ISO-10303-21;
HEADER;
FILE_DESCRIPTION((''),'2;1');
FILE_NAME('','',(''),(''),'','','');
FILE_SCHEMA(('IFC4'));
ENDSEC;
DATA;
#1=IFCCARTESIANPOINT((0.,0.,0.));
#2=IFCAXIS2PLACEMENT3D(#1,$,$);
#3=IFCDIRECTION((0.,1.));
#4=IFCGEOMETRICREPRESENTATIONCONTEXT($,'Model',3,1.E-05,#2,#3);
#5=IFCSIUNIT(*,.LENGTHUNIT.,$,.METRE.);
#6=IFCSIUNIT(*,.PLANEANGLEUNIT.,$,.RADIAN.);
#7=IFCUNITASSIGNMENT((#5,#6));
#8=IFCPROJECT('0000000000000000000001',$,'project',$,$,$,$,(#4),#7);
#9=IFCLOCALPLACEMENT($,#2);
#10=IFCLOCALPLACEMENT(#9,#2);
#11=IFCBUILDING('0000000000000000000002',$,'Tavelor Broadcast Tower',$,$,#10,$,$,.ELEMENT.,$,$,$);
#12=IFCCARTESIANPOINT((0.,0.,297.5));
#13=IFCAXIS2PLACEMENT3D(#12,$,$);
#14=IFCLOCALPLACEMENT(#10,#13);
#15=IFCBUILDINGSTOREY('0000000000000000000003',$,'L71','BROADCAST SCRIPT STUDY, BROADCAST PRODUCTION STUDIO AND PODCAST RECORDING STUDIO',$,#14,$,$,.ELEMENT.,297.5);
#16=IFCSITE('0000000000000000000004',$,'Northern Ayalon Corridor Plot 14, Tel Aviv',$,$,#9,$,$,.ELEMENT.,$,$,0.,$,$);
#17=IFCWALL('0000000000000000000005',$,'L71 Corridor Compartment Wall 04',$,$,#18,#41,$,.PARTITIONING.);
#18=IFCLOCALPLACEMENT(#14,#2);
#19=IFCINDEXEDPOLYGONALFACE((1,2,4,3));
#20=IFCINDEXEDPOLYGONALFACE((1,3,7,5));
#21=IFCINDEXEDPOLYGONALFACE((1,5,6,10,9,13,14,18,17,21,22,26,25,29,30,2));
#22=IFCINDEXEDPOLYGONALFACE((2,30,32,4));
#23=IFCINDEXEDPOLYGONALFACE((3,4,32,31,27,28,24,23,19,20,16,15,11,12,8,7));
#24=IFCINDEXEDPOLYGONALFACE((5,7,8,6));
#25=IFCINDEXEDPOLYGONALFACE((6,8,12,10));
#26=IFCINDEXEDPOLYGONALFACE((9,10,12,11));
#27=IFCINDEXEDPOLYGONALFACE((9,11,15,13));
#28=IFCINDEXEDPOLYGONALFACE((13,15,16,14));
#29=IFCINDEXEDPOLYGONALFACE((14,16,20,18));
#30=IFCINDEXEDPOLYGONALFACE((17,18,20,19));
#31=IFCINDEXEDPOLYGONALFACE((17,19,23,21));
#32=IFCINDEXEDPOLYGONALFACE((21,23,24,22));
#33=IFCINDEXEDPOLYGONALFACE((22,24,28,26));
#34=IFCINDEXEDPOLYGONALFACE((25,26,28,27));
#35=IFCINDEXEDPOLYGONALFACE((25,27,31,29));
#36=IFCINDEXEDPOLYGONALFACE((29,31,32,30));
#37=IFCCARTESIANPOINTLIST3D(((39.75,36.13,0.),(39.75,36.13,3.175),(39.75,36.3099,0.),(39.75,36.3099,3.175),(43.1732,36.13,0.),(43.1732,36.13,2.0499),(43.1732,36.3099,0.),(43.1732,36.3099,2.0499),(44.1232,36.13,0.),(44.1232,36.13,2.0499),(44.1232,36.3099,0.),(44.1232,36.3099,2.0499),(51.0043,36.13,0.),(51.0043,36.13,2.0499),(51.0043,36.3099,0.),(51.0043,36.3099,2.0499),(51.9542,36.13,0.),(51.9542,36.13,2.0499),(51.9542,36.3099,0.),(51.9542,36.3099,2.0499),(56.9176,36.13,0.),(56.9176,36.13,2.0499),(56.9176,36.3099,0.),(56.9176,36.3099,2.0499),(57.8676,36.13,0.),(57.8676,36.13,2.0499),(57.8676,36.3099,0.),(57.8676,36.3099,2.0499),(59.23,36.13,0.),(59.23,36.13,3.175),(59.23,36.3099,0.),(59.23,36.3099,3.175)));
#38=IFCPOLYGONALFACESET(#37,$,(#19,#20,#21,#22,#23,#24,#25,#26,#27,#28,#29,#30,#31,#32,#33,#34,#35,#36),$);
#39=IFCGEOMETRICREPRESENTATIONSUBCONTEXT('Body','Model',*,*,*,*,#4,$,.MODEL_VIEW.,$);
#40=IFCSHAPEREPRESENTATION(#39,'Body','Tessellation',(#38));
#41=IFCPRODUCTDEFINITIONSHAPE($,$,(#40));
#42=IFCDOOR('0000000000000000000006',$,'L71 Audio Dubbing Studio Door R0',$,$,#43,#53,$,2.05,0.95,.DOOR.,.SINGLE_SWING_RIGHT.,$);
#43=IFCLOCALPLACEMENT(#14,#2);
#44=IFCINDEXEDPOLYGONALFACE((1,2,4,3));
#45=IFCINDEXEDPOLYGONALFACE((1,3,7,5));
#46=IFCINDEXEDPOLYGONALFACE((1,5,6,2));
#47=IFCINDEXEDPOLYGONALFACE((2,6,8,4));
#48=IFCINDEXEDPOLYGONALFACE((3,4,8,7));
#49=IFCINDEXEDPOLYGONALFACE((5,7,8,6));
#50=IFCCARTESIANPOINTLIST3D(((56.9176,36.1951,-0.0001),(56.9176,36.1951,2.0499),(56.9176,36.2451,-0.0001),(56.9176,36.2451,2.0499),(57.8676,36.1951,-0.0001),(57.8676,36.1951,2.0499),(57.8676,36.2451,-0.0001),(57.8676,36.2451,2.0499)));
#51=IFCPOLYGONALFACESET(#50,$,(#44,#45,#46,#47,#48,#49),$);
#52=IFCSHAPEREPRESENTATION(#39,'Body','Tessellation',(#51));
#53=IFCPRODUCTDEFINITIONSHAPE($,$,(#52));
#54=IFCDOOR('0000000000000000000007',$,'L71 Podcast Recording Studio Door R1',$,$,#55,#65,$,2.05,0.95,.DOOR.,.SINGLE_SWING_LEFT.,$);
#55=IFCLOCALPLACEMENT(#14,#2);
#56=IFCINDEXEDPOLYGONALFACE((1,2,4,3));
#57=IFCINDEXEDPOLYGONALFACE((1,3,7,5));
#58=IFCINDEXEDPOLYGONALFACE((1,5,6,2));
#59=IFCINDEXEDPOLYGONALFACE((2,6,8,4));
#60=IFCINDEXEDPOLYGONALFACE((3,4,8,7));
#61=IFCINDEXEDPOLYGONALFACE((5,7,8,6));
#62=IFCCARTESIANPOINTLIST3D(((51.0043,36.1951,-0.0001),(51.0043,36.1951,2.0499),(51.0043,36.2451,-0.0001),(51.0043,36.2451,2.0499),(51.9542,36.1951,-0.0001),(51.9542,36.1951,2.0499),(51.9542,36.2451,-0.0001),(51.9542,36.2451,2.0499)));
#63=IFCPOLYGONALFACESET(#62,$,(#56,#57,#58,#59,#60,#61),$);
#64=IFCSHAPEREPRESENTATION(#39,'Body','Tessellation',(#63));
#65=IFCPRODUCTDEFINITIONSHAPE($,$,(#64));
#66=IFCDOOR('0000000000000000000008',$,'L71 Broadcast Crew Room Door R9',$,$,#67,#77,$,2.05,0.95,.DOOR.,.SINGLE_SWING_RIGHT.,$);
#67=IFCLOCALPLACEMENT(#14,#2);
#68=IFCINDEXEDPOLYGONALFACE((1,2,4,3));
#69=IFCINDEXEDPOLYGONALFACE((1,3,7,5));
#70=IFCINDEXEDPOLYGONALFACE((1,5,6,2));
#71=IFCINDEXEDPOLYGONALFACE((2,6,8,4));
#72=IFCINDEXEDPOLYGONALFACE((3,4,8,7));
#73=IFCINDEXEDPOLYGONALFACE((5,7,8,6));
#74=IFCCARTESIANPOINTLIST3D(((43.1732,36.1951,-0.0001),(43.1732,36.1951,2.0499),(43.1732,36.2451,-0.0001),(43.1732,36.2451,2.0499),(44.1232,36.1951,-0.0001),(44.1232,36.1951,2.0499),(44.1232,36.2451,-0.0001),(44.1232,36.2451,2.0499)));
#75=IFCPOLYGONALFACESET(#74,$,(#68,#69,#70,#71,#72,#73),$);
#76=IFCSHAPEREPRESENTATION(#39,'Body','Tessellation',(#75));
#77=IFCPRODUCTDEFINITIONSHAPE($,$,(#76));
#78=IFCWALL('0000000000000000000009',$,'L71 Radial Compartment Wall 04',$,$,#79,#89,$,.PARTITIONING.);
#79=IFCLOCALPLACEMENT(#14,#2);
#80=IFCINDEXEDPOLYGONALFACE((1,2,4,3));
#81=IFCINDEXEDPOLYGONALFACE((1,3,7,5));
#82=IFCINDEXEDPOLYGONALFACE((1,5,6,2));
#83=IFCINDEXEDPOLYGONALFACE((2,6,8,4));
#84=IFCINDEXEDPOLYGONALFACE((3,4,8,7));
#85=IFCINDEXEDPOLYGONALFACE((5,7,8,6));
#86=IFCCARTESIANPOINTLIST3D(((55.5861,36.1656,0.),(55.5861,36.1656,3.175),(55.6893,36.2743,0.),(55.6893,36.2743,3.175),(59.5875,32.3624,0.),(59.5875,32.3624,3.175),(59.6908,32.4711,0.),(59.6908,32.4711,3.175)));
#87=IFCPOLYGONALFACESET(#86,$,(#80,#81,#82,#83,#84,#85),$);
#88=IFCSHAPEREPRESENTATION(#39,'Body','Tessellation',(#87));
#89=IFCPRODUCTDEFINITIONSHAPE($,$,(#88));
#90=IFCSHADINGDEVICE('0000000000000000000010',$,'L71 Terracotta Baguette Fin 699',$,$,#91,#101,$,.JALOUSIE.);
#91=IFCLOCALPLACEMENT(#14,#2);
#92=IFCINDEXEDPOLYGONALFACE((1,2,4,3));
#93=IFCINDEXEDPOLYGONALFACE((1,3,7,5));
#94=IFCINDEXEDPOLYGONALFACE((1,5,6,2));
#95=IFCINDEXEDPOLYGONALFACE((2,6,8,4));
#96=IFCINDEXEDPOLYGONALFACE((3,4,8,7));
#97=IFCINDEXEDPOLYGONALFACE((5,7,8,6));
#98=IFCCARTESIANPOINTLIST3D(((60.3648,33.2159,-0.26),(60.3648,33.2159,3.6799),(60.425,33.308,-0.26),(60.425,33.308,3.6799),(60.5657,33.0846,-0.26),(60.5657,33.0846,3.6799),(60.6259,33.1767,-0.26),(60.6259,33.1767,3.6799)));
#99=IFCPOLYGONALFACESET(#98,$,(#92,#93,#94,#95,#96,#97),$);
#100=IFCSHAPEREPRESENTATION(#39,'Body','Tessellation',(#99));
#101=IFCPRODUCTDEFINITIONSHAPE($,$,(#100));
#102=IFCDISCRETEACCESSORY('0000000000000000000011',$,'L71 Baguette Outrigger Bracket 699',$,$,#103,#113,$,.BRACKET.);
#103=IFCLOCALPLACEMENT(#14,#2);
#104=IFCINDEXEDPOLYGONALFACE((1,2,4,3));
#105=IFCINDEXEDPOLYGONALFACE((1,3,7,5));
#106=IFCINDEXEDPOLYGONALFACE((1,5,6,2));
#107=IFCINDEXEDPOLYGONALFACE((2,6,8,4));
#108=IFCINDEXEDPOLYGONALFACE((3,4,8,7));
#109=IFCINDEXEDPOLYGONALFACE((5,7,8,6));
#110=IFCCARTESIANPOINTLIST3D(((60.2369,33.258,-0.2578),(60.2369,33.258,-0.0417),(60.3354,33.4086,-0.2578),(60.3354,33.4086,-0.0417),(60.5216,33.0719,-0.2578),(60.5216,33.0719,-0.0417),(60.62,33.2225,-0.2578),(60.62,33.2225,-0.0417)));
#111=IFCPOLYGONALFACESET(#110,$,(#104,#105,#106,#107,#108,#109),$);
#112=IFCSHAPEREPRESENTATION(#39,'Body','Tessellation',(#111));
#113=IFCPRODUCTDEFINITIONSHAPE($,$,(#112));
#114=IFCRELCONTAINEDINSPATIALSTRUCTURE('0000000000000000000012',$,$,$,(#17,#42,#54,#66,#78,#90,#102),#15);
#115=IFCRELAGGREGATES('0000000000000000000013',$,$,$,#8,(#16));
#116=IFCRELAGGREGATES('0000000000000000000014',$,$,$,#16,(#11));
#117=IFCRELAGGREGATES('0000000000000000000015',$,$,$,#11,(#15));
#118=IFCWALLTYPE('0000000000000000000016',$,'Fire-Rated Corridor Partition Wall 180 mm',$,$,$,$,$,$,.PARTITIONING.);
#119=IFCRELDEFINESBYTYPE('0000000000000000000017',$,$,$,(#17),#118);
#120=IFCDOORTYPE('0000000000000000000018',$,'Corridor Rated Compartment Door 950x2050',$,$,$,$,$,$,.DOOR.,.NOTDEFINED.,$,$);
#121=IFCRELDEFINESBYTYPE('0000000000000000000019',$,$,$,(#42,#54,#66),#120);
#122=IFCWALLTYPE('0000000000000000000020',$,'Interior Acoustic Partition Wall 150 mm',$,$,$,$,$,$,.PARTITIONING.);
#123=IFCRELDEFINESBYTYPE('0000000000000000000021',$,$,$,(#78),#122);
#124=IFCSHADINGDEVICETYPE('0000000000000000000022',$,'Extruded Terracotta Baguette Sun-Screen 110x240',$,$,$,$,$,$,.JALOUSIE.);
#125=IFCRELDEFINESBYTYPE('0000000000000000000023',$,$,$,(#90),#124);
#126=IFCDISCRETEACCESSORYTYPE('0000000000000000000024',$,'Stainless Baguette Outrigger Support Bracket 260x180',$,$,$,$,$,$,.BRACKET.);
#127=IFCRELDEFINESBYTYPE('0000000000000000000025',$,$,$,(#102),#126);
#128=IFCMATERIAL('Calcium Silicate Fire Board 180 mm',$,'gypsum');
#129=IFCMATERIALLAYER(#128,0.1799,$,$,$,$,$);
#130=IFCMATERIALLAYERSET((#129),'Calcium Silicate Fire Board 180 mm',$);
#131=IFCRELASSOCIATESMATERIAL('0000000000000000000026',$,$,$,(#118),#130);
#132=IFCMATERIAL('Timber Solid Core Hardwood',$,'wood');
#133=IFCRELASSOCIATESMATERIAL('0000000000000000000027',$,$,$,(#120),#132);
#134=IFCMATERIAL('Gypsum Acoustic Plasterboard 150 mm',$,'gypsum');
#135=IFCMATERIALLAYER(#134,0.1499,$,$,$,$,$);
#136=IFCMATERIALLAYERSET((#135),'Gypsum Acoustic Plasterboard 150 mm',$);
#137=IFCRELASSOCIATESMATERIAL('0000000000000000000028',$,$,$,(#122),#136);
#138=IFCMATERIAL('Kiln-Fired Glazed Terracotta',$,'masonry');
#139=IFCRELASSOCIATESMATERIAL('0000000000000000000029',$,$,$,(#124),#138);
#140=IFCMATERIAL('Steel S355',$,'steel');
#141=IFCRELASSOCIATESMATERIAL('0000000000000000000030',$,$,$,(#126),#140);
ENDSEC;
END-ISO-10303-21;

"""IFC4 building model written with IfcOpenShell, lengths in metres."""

from ifc_helpers import new_model, si_unit, direction, frame, frame_2d, origin, origin_2d, place, context, subcontext, project, spatial, rectangle, extrude, source, transform, mapped, material, layer, layer_set, type_object, type_shapes, element, fill, save


model = new_model("IFC4")

# Units and contexts
model_context = context("Model", 3, precision=1e-05, world=origin(), true_north=direction((0.0, 1.0)))
body_context = subcontext(model_context, "Body", "Model", "MODEL_VIEW")
ifc_project = project(units=[si_unit("LENGTHUNIT", "METRE"), si_unit("PLANEANGLEUNIT", "RADIAN")], contexts=[model_context])

# Site, building, storey
site_placement = place(None, origin())
site = spatial("IfcSite", under=ifc_project, at=site_placement, Name="Northern Ayalon Corridor Plot 14, Tel Aviv", CompositionType="ELEMENT", RefElevation=0.0)
building_placement = place(site_placement, origin())
building = spatial("IfcBuilding", under=site, at=building_placement, Name="Tavelor Broadcast Tower", CompositionType="ELEMENT")
storey_placement = place(building_placement, frame((0.0, 0.0, 297.5)))
storey = spatial("IfcBuildingStorey", under=building, at=storey_placement, Name="L71", Description="BROADCAST SCRIPT STUDY, BROADCAST PRODUCTION STUDIO AND PODCAST RECORDING STUDIO", CompositionType="ELEMENT", Elevation=297.5)

# Shared definitions
ifc_material_1 = material(Name="Steel S355", Category="steel")

# Wall, openings, doors
ifc_material_2 = material(Name="Calcium Silicate Fire Board 180 mm", Category="gypsum")
ifc_layer_1 = layer(ifc_material_2, 0.1799)
ifc_layer_set_1 = layer_set([ifc_layer_1], Name="Calcium Silicate Fire Board 180 mm")
wall_type_1 = type_object("IfcWallType", Name="Fire-Rated Corridor Partition Wall 180 mm", PredefinedType="PARTITIONING", material=ifc_layer_set_1)
wall_1_placement = place(storey_placement, frame((59.23, 36.22, 0.0), z_axis=(0.0, 0.0, 1.0), x_axis=(-1.0, 0.0, 0.0)))
wall_1 = element("IfcWall", 1, at=wall_1_placement, inside=storey, type_object=wall_type_1, Name="L71 Corridor Compartment Wall 04", PredefinedType="PARTITIONING", context=body_context, shape_type="SweptSolid", body=[
    extrude(rectangle(XDim=19.48, YDim=0.1799, at=frame_2d((9.74, 0.0))), origin(), (0.0, 0.0, 1.0), 3.175),
])
opening_1_placement = place(wall_1_placement, frame((1.3623, 0.0, 0.0)))
opening_1 = element("IfcOpeningElement", 2, at=opening_1_placement, cuts=wall_1, PredefinedType="OPENING", context=body_context, shape_type="SweptSolid", body=[
    extrude(rectangle(XDim=0.95, YDim=2.05, at=frame_2d((0.4751, 1.0249))), frame((0.0, 0.1001, 0.0), z_axis=(0.0, -1.0, 0.0), x_axis=(1.0, 0.0, 0.0)), (0.0, 0.0, 1.0), 0.2),
])
opening_2_placement = place(wall_1_placement, frame((7.2756, 0.0, 0.0)))
opening_2 = element("IfcOpeningElement", 3, at=opening_2_placement, cuts=wall_1, PredefinedType="OPENING", context=body_context, shape_type="SweptSolid", body=[
    extrude(rectangle(XDim=0.95, YDim=2.05, at=frame_2d((0.4751, 1.0249))), frame((0.0, 0.1001, 0.0), z_axis=(0.0, -1.0, 0.0), x_axis=(1.0, 0.0, 0.0)), (0.0, 0.0, 1.0), 0.2),
])
opening_3_placement = place(wall_1_placement, frame((15.1067, 0.0, 0.0)))
opening_3 = element("IfcOpeningElement", 4, at=opening_3_placement, cuts=wall_1, PredefinedType="OPENING", context=body_context, shape_type="SweptSolid", body=[
    extrude(rectangle(XDim=0.95, YDim=2.05, at=frame_2d((0.4751, 1.0249))), frame((0.0, 0.1001, 0.0), z_axis=(0.0, -1.0, 0.0), x_axis=(1.0, 0.0, 0.0)), (0.0, 0.0, 1.0), 0.2),
])
ifc_material_3 = material(Name="Timber Solid Core Hardwood", Category="wood")
door_type = type_object("IfcDoorType", Name="Corridor Rated Compartment Door 950x2050", OperationType="NOTDEFINED", PredefinedType="DOOR", material=ifc_material_3)
door_1_placement = place(opening_1_placement, origin())
door_1 = element("IfcDoor", 5, at=door_1_placement, inside=storey, type_object=door_type, Name="L71 Audio Dubbing Studio Door R0", OperationType="SINGLE_SWING_RIGHT", OverallHeight=2.05, OverallWidth=0.95, PredefinedType="DOOR", context=body_context, shape_type="SweptSolid", body=[
    extrude(rectangle(XDim=0.95, YDim=2.05, at=frame_2d((0.4751, 1.0249))), frame((0.0, 0.0249, 0.0), z_axis=(0.0, -1.0, 0.0), x_axis=(1.0, 0.0, 0.0)), (0.0, 0.0, 1.0), 0.05),
])
fill(opening_1, door_1)
door_2_placement = place(opening_2_placement, origin())
door_2 = element("IfcDoor", 6, at=door_2_placement, inside=storey, type_object=door_type, Name="L71 Podcast Recording Studio Door R1", OperationType="SINGLE_SWING_LEFT", OverallHeight=2.05, OverallWidth=0.95, PredefinedType="DOOR", context=body_context, shape_type="SweptSolid", body=[
    extrude(rectangle(XDim=0.95, YDim=2.05, at=frame_2d((0.4751, 1.0249))), frame((0.0, 0.0249, 0.0), z_axis=(0.0, -1.0, 0.0), x_axis=(1.0, 0.0, 0.0)), (0.0, 0.0, 1.0), 0.05),
])
fill(opening_2, door_2)
door_3_placement = place(opening_3_placement, origin())
door_3 = element("IfcDoor", 7, at=door_3_placement, inside=storey, type_object=door_type, Name="L71 Broadcast Crew Room Door R9", OperationType="SINGLE_SWING_RIGHT", OverallHeight=2.05, OverallWidth=0.95, PredefinedType="DOOR", context=body_context, shape_type="SweptSolid", body=[
    extrude(rectangle(XDim=0.95, YDim=2.05, at=frame_2d((0.4751, 1.0249))), frame((0.0, 0.0249, 0.0), z_axis=(0.0, -1.0, 0.0), x_axis=(1.0, 0.0, 0.0)), (0.0, 0.0, 1.0), 0.05),
])
fill(opening_3, door_3)

# Wall
ifc_material_4 = material(Name="Gypsum Acoustic Plasterboard 150 mm", Category="gypsum")
ifc_layer_2 = layer(ifc_material_4, 0.1499)
ifc_layer_set_2 = layer_set([ifc_layer_2], Name="Gypsum Acoustic Plasterboard 150 mm")
wall_type_2 = type_object("IfcWallType", Name="Interior Acoustic Partition Wall 150 mm", PredefinedType="PARTITIONING", material=ifc_layer_set_2)
wall_2_placement = place(storey_placement, frame((55.6377, 36.22, 0.0), z_axis=(0.0, 0.0, 1.0), x_axis=(0.724834, -0.688924, 0.0)))
element("IfcWall", 8, at=wall_2_placement, inside=storey, type_object=wall_type_2, Name="L71 Radial Compartment Wall 04", PredefinedType="PARTITIONING", context=body_context, shape_type="SweptSolid", body=[
    extrude(rectangle(XDim=5.5205, YDim=0.1499, at=frame_2d((2.7603, 0.0))), origin(), (0.0, 0.0, 1.0), 3.175),
])

# Shading device
ifc_material_5 = material(Name="Kiln-Fired Glazed Terracotta", Category="masonry")
shading_device_type = type_object("IfcShadingDeviceType", Name="Extruded Terracotta Baguette Sun-Screen 110x240", PredefinedType="JALOUSIE", material=ifc_material_5)
shared_shape_1 = source(origin(), body_context, "Body", "SweptSolid", [
    extrude(rectangle(XDim=0.1101, YDim=0.24, at=origin_2d()), origin(), (0.0, 0.0, 1.0), 3.9399),
])
type_shapes(shading_device_type, [shared_shape_1])
shading_device_placement = place(storey_placement, frame((60.4954, 33.1963, -0.26), z_axis=(0.0, 0.0, 1.0), x_axis=(0.547125, 0.837051, 0.0)))
element("IfcShadingDevice", 9, at=shading_device_placement, inside=storey, type_object=shading_device_type, Name="L71 Terracotta Baguette Fin 699", PredefinedType="JALOUSIE", context=body_context, shape_type="MappedRepresentation", body=[
    mapped(shared_shape_1, transform((0.0, 0.0, 0.0), scale=1.0)),
])

# Discrete accessory
discrete_accessory_type = type_object("IfcDiscreteAccessoryType", Name="Stainless Baguette Outrigger Support Bracket 260x180", PredefinedType="BRACKET", material=ifc_material_1)
shared_shape_2 = source(origin(), body_context, "Body", "SweptSolid", [
    extrude(rectangle(XDim=0.1799, YDim=0.3401, at=origin_2d()), origin(), (0.0, 0.0, 1.0), 0.2161),
])
type_shapes(discrete_accessory_type, [shared_shape_2])
discrete_accessory_placement = place(storey_placement, frame((60.4285, 33.2402, -0.2578), z_axis=(0.0, 0.0, 1.0), x_axis=(0.547125, 0.837051, 0.0)))
element("IfcDiscreteAccessory", 10, at=discrete_accessory_placement, inside=storey, type_object=discrete_accessory_type, Name="L71 Baguette Outrigger Bracket 699", PredefinedType="BRACKET", context=body_context, shape_type="MappedRepresentation", body=[
    mapped(shared_shape_2, transform((0.0, 0.0, 0.0), scale=1.0)),
])

save(model, "model.ifc")
